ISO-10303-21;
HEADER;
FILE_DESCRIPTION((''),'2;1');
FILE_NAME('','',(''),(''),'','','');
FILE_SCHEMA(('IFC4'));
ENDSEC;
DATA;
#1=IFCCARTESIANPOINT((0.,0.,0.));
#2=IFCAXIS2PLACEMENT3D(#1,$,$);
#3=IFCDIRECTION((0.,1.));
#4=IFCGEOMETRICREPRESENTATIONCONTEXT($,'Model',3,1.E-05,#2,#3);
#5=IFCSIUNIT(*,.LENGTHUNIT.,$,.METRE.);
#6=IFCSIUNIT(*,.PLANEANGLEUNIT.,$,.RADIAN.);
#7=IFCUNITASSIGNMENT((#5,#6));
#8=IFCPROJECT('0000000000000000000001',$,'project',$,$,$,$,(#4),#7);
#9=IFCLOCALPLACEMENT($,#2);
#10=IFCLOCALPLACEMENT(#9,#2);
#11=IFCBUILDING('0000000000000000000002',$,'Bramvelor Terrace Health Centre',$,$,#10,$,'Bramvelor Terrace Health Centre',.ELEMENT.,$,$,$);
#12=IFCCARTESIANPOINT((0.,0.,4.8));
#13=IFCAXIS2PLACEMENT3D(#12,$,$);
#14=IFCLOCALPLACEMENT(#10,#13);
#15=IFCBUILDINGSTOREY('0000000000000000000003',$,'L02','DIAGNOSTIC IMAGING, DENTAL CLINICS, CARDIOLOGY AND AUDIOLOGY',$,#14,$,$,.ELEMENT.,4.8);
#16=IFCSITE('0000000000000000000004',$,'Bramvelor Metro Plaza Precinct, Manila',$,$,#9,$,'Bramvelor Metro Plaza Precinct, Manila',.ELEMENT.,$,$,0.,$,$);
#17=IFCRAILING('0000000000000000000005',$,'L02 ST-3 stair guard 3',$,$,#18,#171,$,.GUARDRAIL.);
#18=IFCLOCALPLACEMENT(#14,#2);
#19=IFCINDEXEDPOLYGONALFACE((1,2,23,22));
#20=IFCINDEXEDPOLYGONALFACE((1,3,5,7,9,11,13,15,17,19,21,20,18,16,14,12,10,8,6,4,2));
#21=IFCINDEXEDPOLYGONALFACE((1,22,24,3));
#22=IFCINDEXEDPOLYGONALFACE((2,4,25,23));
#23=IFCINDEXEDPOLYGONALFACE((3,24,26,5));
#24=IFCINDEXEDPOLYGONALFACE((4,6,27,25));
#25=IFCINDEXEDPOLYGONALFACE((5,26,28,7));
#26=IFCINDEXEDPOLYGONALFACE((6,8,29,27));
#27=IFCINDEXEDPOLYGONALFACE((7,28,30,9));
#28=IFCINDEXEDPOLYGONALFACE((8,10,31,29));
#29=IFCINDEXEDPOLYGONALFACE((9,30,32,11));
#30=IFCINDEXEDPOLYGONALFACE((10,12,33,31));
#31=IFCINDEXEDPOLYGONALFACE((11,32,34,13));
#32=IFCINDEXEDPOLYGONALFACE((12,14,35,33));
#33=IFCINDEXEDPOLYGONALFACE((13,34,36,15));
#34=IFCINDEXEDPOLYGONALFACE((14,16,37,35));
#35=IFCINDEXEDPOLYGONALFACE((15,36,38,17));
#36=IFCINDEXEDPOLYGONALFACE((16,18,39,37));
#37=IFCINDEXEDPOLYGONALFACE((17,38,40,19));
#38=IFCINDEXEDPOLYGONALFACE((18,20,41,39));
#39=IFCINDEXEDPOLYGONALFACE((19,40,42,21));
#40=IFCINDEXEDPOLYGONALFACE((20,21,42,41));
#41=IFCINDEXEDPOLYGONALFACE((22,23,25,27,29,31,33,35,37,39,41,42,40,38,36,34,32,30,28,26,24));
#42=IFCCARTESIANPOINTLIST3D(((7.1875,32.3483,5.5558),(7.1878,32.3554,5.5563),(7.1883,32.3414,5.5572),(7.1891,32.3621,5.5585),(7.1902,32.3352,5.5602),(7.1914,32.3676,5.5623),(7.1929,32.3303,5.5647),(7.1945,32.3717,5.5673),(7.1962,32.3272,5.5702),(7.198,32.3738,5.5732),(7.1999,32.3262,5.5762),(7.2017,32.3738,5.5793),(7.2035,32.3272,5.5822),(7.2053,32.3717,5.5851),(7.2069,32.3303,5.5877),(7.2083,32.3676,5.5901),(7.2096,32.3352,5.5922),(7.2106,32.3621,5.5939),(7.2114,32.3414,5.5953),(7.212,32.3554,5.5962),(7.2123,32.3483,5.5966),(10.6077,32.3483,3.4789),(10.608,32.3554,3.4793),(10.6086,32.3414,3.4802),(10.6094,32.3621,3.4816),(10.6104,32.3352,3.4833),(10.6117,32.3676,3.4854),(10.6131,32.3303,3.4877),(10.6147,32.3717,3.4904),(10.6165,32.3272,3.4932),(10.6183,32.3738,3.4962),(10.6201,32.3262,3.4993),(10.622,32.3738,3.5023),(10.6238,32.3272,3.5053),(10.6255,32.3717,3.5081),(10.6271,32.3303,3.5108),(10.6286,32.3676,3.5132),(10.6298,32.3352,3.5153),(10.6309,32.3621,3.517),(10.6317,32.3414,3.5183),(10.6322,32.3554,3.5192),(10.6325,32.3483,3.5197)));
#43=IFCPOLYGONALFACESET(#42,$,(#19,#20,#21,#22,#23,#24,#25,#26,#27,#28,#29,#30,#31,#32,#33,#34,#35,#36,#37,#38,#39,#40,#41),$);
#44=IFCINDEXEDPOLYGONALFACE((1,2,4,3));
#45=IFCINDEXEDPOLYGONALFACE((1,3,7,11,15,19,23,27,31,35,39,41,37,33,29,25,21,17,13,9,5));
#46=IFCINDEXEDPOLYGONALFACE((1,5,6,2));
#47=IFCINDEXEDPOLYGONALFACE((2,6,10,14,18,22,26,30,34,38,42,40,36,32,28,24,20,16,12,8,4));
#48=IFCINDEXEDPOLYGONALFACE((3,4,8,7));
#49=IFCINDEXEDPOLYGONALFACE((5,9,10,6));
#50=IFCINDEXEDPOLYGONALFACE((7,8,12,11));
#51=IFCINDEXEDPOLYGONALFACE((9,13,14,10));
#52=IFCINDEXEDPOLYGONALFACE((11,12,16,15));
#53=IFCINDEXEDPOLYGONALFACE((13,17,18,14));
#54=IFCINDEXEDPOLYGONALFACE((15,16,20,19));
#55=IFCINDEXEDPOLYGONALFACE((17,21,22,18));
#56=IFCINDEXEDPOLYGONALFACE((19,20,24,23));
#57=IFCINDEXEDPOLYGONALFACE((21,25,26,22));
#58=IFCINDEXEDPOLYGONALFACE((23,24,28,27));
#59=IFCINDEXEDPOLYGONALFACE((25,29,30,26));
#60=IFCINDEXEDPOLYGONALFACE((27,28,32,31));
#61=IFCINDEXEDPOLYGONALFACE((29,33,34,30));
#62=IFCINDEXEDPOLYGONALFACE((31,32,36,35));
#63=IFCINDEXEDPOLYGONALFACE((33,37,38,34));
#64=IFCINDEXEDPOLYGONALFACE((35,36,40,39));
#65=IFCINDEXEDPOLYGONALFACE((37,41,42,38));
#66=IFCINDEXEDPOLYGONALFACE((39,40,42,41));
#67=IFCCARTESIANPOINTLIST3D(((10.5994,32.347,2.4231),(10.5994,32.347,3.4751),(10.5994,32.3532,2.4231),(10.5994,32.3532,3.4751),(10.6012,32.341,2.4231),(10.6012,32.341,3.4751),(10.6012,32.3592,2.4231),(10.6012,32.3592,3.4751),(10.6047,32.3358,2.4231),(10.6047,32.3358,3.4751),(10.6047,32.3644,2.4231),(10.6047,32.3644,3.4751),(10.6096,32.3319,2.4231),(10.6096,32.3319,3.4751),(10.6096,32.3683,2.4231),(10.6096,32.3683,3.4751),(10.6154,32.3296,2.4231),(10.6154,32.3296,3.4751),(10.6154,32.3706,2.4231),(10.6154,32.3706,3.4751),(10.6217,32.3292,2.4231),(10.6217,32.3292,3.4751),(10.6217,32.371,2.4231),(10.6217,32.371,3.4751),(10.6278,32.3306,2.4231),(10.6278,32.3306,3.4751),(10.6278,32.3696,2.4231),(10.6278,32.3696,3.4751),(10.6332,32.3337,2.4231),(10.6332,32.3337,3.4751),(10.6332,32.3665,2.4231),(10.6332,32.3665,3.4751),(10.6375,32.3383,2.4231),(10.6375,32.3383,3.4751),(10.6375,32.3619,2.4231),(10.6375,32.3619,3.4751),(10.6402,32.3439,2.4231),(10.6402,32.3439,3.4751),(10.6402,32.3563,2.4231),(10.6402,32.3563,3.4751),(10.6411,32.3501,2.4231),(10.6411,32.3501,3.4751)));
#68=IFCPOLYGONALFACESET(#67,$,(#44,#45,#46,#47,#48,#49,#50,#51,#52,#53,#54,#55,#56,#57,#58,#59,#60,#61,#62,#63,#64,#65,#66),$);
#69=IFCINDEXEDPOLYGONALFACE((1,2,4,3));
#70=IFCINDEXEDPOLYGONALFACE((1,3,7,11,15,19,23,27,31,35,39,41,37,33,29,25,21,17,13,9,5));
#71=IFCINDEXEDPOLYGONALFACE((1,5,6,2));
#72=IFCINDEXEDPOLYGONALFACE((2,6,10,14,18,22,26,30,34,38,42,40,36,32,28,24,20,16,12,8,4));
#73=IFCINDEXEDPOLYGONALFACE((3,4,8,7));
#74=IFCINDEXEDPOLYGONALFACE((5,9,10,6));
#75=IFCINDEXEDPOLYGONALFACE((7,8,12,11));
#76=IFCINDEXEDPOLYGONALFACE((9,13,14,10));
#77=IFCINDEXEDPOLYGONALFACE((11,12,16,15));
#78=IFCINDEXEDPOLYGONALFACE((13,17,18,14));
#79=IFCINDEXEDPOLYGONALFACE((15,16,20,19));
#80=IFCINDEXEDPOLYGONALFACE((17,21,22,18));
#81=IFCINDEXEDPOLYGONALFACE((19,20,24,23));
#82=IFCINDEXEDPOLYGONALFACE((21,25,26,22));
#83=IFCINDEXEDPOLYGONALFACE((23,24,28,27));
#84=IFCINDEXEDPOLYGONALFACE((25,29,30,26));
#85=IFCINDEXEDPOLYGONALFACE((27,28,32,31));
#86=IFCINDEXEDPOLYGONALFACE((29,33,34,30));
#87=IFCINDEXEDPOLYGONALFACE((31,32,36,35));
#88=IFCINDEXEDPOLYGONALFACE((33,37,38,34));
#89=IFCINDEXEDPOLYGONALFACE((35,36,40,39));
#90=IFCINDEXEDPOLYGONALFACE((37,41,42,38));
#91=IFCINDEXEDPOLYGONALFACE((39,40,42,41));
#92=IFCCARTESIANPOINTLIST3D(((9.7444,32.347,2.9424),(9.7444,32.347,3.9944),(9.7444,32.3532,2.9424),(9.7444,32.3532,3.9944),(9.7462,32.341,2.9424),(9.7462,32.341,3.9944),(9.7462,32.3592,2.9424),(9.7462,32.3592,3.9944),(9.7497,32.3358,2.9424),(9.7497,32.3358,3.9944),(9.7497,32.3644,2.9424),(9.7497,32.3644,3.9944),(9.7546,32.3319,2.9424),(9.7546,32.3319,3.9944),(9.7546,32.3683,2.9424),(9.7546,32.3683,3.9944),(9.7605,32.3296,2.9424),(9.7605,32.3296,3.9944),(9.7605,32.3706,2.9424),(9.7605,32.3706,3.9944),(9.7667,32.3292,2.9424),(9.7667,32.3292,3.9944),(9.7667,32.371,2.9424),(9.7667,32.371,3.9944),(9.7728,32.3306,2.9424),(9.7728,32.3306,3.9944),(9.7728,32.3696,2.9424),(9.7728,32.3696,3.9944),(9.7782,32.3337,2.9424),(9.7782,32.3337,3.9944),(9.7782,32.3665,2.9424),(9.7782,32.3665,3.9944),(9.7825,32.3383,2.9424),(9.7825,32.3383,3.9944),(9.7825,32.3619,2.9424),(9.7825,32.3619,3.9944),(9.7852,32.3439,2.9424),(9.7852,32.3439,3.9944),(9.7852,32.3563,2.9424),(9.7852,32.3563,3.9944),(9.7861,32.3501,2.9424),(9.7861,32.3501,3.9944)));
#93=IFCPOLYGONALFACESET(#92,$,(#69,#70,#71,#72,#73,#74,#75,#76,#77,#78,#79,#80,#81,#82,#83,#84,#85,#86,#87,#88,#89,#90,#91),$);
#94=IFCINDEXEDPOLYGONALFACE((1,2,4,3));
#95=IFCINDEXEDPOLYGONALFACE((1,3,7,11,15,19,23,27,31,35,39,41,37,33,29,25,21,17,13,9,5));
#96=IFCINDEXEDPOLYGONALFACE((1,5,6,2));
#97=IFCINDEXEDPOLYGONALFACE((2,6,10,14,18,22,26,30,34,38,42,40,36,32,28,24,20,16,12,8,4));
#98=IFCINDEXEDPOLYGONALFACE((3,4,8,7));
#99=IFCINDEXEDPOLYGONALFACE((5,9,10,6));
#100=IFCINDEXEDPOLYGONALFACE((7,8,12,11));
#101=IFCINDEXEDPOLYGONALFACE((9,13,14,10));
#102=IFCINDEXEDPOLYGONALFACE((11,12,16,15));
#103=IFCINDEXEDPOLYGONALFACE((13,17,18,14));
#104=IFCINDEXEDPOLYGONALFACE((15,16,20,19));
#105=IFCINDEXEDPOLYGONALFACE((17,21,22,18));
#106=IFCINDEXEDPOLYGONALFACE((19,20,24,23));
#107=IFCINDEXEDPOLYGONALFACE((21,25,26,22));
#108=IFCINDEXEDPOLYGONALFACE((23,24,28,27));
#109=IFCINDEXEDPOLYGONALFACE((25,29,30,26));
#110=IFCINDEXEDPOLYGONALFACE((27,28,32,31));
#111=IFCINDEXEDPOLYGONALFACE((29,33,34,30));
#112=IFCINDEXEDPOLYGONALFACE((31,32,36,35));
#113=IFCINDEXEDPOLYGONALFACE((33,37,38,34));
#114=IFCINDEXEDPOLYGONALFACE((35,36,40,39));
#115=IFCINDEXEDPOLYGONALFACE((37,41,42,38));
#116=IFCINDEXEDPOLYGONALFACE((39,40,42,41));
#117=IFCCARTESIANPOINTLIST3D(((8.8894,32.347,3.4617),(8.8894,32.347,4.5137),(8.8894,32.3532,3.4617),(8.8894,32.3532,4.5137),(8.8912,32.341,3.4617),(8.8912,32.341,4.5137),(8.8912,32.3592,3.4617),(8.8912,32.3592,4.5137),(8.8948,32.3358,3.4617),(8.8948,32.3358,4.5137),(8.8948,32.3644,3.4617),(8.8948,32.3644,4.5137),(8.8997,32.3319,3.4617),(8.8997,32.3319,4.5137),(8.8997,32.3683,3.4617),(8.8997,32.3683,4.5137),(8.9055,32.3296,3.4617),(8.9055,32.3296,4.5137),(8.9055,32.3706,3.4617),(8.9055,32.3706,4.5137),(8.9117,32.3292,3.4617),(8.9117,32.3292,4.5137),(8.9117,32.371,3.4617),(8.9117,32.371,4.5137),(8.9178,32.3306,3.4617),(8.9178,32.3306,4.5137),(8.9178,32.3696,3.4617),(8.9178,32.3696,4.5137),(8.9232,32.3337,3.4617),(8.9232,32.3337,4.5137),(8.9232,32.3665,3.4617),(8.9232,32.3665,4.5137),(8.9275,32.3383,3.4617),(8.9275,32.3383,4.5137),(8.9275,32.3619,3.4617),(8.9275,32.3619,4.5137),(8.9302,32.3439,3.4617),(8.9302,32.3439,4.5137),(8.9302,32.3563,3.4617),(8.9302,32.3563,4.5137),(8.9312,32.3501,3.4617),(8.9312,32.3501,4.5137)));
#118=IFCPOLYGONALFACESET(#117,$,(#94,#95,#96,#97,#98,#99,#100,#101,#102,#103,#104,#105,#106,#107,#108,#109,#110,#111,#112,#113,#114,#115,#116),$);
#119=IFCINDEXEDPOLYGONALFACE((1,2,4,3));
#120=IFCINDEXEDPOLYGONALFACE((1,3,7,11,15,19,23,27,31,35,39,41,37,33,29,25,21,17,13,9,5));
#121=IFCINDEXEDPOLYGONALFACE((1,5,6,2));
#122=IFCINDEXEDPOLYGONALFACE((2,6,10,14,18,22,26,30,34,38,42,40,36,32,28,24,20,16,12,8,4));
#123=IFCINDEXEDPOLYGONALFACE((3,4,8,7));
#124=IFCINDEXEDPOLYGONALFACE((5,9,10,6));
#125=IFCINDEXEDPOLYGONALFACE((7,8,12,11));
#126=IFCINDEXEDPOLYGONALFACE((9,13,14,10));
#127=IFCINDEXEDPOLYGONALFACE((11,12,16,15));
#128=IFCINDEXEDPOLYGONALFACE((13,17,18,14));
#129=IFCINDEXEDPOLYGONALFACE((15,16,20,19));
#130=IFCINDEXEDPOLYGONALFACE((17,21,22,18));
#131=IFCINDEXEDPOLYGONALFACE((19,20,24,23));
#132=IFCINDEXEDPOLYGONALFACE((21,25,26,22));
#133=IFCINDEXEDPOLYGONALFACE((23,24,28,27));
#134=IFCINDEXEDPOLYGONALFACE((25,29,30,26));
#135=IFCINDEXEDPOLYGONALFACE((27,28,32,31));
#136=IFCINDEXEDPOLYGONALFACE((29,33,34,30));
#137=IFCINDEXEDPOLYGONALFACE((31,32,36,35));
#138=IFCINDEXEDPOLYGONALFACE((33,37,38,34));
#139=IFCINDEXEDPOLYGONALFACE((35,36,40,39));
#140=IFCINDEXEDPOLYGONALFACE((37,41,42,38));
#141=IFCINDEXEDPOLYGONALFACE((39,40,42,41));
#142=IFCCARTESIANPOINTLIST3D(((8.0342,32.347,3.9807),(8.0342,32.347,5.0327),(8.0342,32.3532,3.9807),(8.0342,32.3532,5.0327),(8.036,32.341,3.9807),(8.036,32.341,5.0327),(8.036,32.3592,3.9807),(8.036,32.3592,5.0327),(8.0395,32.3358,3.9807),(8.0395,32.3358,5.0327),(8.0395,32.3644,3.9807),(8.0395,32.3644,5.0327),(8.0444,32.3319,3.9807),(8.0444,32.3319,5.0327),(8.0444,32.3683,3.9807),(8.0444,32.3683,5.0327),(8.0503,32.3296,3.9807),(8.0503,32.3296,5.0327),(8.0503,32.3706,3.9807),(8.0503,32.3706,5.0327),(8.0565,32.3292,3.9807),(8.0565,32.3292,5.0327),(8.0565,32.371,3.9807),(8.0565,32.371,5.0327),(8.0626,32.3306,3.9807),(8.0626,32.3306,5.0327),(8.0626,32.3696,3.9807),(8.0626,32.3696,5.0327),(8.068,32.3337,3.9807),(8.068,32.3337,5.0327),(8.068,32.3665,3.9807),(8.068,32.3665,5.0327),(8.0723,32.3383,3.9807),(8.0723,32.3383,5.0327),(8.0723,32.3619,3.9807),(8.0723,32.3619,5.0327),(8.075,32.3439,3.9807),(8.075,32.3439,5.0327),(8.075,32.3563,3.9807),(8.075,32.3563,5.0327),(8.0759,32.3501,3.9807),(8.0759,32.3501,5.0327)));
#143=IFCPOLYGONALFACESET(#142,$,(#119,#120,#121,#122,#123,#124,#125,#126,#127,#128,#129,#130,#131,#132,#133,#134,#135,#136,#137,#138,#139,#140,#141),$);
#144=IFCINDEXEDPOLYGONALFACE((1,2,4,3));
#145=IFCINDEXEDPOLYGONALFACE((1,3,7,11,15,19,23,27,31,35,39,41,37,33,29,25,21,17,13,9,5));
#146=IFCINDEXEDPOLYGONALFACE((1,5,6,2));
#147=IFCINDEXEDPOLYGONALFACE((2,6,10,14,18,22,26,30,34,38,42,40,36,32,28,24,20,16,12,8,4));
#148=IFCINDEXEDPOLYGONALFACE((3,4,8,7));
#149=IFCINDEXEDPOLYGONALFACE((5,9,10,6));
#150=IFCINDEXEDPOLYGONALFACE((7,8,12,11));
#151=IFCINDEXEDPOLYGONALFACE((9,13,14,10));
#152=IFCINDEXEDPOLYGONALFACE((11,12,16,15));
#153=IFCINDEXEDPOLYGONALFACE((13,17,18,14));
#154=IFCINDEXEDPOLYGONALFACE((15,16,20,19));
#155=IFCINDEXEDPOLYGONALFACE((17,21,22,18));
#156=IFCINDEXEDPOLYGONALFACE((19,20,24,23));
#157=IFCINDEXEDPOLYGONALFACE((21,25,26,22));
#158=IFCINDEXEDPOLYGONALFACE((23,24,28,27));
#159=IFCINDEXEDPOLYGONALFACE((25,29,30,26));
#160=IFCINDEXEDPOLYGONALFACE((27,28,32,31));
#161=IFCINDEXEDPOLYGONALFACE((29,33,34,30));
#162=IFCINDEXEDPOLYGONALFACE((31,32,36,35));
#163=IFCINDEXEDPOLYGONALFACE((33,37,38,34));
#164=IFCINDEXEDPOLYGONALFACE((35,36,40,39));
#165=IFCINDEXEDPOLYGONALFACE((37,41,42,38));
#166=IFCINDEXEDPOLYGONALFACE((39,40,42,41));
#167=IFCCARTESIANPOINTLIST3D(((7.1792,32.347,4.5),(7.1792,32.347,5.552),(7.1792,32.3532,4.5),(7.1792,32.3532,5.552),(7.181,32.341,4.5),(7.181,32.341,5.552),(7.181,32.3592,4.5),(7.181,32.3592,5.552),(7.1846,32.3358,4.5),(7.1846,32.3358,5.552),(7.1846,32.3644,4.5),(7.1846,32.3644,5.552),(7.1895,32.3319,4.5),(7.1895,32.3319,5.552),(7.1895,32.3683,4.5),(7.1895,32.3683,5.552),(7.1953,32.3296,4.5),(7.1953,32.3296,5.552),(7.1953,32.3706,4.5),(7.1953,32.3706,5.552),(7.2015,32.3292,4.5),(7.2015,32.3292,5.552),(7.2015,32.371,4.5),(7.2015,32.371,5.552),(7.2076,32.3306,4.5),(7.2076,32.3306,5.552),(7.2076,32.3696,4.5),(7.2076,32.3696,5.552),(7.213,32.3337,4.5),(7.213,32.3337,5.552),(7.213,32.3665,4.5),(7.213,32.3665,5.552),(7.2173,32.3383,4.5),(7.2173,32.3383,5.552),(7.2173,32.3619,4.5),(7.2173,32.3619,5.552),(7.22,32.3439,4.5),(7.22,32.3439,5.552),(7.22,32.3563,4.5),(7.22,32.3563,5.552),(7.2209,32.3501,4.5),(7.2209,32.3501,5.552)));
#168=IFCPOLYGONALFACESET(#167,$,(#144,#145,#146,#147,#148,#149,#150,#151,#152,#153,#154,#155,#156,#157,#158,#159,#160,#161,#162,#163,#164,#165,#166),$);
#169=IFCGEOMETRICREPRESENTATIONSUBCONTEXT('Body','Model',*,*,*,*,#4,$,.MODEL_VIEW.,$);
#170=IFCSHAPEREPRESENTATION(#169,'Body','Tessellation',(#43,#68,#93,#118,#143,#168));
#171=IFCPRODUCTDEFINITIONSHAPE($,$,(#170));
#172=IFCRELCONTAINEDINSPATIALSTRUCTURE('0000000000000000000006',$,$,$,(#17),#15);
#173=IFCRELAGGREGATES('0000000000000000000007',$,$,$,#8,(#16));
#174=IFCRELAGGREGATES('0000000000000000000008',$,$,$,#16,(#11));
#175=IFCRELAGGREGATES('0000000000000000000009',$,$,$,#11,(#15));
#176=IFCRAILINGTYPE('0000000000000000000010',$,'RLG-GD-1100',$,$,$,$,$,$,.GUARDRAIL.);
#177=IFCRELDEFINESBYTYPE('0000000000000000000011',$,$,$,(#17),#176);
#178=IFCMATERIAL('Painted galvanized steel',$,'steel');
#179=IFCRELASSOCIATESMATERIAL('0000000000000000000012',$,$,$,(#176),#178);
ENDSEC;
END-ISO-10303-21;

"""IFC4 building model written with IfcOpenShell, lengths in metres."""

from ifc_helpers import new_model, si_unit, direction, frame, origin, origin_2d, place, context, subcontext, project, spatial, circle, extrude, material, type_object, element, save


model = new_model("IFC4")

# Units and contexts
model_context = context("Model", 3, precision=1e-05, world=origin(), true_north=direction((0.0, 1.0)))
body_context = subcontext(model_context, "Body", "Model", "MODEL_VIEW")
ifc_project = project(units=[si_unit("LENGTHUNIT", "METRE"), si_unit("PLANEANGLEUNIT", "RADIAN")], contexts=[model_context])

# Site, building, storey
site_placement = place(None, origin())
site = spatial("IfcSite", under=ifc_project, at=site_placement, Name="Bramvelor Metro Plaza Precinct, Manila", LongName="Bramvelor Metro Plaza Precinct, Manila", CompositionType="ELEMENT", RefElevation=0.0)
building_placement = place(site_placement, origin())
building = spatial("IfcBuilding", under=site, at=building_placement, Name="Bramvelor Terrace Health Centre", LongName="Bramvelor Terrace Health Centre", CompositionType="ELEMENT")
storey_placement = place(building_placement, frame((0.0, 0.0, 4.8)))
storey = spatial("IfcBuildingStorey", under=building, at=storey_placement, Name="L02", Description="DIAGNOSTIC IMAGING, DENTAL CLINICS, CARDIOLOGY AND AUDIOLOGY", CompositionType="ELEMENT", Elevation=4.8)

# Railing
ifc_material_1 = material(Name="Painted galvanized steel", Category="steel")
railing_type_1 = type_object("IfcRailingType", Name="RLG-GD-1100", PredefinedType="GUARDRAIL", material=ifc_material_1)
railing_1_placement = place(storey_placement, frame((10.6201, 32.3501, 2.4231)))
element("IfcRailing", 1, at=railing_1_placement, inside=storey, type_object=railing_type_1, Name="L02 ST-3 stair guard 3", PredefinedType="GUARDRAIL", context=body_context, shape_type="SweptSolid", body=[
    extrude(circle(Radius=0.0239, at=origin_2d()), frame((0.0, 0.0, 1.0762), z_axis=(-0.854746, 0.0, 0.519047), x_axis=(0.0, -1.0, 0.0)), (0.0, 0.0, 1.0), 4.0015),
    extrude(circle(Radius=0.021, at=origin_2d()), origin(), (0.0, 0.0, 1.0), 1.052),
    extrude(circle(Radius=0.021, at=origin_2d()), frame((-0.855, 0.0, 0.5193)), (0.0, 0.0, 1.0), 1.052),
    extrude(circle(Radius=0.021, at=origin_2d()), frame((-1.71, 0.0, 1.0386)), (0.0, 0.0, 1.0), 1.052),
    extrude(circle(Radius=0.021, at=origin_2d()), frame((-2.5652, 0.0, 1.5576)), (0.0, 0.0, 1.0), 1.052),
    extrude(circle(Radius=0.021, at=origin_2d()), frame((-3.4202, 0.0, 2.0769)), (0.0, 0.0, 1.0), 1.052),
])

save(model, "model.ifc")
